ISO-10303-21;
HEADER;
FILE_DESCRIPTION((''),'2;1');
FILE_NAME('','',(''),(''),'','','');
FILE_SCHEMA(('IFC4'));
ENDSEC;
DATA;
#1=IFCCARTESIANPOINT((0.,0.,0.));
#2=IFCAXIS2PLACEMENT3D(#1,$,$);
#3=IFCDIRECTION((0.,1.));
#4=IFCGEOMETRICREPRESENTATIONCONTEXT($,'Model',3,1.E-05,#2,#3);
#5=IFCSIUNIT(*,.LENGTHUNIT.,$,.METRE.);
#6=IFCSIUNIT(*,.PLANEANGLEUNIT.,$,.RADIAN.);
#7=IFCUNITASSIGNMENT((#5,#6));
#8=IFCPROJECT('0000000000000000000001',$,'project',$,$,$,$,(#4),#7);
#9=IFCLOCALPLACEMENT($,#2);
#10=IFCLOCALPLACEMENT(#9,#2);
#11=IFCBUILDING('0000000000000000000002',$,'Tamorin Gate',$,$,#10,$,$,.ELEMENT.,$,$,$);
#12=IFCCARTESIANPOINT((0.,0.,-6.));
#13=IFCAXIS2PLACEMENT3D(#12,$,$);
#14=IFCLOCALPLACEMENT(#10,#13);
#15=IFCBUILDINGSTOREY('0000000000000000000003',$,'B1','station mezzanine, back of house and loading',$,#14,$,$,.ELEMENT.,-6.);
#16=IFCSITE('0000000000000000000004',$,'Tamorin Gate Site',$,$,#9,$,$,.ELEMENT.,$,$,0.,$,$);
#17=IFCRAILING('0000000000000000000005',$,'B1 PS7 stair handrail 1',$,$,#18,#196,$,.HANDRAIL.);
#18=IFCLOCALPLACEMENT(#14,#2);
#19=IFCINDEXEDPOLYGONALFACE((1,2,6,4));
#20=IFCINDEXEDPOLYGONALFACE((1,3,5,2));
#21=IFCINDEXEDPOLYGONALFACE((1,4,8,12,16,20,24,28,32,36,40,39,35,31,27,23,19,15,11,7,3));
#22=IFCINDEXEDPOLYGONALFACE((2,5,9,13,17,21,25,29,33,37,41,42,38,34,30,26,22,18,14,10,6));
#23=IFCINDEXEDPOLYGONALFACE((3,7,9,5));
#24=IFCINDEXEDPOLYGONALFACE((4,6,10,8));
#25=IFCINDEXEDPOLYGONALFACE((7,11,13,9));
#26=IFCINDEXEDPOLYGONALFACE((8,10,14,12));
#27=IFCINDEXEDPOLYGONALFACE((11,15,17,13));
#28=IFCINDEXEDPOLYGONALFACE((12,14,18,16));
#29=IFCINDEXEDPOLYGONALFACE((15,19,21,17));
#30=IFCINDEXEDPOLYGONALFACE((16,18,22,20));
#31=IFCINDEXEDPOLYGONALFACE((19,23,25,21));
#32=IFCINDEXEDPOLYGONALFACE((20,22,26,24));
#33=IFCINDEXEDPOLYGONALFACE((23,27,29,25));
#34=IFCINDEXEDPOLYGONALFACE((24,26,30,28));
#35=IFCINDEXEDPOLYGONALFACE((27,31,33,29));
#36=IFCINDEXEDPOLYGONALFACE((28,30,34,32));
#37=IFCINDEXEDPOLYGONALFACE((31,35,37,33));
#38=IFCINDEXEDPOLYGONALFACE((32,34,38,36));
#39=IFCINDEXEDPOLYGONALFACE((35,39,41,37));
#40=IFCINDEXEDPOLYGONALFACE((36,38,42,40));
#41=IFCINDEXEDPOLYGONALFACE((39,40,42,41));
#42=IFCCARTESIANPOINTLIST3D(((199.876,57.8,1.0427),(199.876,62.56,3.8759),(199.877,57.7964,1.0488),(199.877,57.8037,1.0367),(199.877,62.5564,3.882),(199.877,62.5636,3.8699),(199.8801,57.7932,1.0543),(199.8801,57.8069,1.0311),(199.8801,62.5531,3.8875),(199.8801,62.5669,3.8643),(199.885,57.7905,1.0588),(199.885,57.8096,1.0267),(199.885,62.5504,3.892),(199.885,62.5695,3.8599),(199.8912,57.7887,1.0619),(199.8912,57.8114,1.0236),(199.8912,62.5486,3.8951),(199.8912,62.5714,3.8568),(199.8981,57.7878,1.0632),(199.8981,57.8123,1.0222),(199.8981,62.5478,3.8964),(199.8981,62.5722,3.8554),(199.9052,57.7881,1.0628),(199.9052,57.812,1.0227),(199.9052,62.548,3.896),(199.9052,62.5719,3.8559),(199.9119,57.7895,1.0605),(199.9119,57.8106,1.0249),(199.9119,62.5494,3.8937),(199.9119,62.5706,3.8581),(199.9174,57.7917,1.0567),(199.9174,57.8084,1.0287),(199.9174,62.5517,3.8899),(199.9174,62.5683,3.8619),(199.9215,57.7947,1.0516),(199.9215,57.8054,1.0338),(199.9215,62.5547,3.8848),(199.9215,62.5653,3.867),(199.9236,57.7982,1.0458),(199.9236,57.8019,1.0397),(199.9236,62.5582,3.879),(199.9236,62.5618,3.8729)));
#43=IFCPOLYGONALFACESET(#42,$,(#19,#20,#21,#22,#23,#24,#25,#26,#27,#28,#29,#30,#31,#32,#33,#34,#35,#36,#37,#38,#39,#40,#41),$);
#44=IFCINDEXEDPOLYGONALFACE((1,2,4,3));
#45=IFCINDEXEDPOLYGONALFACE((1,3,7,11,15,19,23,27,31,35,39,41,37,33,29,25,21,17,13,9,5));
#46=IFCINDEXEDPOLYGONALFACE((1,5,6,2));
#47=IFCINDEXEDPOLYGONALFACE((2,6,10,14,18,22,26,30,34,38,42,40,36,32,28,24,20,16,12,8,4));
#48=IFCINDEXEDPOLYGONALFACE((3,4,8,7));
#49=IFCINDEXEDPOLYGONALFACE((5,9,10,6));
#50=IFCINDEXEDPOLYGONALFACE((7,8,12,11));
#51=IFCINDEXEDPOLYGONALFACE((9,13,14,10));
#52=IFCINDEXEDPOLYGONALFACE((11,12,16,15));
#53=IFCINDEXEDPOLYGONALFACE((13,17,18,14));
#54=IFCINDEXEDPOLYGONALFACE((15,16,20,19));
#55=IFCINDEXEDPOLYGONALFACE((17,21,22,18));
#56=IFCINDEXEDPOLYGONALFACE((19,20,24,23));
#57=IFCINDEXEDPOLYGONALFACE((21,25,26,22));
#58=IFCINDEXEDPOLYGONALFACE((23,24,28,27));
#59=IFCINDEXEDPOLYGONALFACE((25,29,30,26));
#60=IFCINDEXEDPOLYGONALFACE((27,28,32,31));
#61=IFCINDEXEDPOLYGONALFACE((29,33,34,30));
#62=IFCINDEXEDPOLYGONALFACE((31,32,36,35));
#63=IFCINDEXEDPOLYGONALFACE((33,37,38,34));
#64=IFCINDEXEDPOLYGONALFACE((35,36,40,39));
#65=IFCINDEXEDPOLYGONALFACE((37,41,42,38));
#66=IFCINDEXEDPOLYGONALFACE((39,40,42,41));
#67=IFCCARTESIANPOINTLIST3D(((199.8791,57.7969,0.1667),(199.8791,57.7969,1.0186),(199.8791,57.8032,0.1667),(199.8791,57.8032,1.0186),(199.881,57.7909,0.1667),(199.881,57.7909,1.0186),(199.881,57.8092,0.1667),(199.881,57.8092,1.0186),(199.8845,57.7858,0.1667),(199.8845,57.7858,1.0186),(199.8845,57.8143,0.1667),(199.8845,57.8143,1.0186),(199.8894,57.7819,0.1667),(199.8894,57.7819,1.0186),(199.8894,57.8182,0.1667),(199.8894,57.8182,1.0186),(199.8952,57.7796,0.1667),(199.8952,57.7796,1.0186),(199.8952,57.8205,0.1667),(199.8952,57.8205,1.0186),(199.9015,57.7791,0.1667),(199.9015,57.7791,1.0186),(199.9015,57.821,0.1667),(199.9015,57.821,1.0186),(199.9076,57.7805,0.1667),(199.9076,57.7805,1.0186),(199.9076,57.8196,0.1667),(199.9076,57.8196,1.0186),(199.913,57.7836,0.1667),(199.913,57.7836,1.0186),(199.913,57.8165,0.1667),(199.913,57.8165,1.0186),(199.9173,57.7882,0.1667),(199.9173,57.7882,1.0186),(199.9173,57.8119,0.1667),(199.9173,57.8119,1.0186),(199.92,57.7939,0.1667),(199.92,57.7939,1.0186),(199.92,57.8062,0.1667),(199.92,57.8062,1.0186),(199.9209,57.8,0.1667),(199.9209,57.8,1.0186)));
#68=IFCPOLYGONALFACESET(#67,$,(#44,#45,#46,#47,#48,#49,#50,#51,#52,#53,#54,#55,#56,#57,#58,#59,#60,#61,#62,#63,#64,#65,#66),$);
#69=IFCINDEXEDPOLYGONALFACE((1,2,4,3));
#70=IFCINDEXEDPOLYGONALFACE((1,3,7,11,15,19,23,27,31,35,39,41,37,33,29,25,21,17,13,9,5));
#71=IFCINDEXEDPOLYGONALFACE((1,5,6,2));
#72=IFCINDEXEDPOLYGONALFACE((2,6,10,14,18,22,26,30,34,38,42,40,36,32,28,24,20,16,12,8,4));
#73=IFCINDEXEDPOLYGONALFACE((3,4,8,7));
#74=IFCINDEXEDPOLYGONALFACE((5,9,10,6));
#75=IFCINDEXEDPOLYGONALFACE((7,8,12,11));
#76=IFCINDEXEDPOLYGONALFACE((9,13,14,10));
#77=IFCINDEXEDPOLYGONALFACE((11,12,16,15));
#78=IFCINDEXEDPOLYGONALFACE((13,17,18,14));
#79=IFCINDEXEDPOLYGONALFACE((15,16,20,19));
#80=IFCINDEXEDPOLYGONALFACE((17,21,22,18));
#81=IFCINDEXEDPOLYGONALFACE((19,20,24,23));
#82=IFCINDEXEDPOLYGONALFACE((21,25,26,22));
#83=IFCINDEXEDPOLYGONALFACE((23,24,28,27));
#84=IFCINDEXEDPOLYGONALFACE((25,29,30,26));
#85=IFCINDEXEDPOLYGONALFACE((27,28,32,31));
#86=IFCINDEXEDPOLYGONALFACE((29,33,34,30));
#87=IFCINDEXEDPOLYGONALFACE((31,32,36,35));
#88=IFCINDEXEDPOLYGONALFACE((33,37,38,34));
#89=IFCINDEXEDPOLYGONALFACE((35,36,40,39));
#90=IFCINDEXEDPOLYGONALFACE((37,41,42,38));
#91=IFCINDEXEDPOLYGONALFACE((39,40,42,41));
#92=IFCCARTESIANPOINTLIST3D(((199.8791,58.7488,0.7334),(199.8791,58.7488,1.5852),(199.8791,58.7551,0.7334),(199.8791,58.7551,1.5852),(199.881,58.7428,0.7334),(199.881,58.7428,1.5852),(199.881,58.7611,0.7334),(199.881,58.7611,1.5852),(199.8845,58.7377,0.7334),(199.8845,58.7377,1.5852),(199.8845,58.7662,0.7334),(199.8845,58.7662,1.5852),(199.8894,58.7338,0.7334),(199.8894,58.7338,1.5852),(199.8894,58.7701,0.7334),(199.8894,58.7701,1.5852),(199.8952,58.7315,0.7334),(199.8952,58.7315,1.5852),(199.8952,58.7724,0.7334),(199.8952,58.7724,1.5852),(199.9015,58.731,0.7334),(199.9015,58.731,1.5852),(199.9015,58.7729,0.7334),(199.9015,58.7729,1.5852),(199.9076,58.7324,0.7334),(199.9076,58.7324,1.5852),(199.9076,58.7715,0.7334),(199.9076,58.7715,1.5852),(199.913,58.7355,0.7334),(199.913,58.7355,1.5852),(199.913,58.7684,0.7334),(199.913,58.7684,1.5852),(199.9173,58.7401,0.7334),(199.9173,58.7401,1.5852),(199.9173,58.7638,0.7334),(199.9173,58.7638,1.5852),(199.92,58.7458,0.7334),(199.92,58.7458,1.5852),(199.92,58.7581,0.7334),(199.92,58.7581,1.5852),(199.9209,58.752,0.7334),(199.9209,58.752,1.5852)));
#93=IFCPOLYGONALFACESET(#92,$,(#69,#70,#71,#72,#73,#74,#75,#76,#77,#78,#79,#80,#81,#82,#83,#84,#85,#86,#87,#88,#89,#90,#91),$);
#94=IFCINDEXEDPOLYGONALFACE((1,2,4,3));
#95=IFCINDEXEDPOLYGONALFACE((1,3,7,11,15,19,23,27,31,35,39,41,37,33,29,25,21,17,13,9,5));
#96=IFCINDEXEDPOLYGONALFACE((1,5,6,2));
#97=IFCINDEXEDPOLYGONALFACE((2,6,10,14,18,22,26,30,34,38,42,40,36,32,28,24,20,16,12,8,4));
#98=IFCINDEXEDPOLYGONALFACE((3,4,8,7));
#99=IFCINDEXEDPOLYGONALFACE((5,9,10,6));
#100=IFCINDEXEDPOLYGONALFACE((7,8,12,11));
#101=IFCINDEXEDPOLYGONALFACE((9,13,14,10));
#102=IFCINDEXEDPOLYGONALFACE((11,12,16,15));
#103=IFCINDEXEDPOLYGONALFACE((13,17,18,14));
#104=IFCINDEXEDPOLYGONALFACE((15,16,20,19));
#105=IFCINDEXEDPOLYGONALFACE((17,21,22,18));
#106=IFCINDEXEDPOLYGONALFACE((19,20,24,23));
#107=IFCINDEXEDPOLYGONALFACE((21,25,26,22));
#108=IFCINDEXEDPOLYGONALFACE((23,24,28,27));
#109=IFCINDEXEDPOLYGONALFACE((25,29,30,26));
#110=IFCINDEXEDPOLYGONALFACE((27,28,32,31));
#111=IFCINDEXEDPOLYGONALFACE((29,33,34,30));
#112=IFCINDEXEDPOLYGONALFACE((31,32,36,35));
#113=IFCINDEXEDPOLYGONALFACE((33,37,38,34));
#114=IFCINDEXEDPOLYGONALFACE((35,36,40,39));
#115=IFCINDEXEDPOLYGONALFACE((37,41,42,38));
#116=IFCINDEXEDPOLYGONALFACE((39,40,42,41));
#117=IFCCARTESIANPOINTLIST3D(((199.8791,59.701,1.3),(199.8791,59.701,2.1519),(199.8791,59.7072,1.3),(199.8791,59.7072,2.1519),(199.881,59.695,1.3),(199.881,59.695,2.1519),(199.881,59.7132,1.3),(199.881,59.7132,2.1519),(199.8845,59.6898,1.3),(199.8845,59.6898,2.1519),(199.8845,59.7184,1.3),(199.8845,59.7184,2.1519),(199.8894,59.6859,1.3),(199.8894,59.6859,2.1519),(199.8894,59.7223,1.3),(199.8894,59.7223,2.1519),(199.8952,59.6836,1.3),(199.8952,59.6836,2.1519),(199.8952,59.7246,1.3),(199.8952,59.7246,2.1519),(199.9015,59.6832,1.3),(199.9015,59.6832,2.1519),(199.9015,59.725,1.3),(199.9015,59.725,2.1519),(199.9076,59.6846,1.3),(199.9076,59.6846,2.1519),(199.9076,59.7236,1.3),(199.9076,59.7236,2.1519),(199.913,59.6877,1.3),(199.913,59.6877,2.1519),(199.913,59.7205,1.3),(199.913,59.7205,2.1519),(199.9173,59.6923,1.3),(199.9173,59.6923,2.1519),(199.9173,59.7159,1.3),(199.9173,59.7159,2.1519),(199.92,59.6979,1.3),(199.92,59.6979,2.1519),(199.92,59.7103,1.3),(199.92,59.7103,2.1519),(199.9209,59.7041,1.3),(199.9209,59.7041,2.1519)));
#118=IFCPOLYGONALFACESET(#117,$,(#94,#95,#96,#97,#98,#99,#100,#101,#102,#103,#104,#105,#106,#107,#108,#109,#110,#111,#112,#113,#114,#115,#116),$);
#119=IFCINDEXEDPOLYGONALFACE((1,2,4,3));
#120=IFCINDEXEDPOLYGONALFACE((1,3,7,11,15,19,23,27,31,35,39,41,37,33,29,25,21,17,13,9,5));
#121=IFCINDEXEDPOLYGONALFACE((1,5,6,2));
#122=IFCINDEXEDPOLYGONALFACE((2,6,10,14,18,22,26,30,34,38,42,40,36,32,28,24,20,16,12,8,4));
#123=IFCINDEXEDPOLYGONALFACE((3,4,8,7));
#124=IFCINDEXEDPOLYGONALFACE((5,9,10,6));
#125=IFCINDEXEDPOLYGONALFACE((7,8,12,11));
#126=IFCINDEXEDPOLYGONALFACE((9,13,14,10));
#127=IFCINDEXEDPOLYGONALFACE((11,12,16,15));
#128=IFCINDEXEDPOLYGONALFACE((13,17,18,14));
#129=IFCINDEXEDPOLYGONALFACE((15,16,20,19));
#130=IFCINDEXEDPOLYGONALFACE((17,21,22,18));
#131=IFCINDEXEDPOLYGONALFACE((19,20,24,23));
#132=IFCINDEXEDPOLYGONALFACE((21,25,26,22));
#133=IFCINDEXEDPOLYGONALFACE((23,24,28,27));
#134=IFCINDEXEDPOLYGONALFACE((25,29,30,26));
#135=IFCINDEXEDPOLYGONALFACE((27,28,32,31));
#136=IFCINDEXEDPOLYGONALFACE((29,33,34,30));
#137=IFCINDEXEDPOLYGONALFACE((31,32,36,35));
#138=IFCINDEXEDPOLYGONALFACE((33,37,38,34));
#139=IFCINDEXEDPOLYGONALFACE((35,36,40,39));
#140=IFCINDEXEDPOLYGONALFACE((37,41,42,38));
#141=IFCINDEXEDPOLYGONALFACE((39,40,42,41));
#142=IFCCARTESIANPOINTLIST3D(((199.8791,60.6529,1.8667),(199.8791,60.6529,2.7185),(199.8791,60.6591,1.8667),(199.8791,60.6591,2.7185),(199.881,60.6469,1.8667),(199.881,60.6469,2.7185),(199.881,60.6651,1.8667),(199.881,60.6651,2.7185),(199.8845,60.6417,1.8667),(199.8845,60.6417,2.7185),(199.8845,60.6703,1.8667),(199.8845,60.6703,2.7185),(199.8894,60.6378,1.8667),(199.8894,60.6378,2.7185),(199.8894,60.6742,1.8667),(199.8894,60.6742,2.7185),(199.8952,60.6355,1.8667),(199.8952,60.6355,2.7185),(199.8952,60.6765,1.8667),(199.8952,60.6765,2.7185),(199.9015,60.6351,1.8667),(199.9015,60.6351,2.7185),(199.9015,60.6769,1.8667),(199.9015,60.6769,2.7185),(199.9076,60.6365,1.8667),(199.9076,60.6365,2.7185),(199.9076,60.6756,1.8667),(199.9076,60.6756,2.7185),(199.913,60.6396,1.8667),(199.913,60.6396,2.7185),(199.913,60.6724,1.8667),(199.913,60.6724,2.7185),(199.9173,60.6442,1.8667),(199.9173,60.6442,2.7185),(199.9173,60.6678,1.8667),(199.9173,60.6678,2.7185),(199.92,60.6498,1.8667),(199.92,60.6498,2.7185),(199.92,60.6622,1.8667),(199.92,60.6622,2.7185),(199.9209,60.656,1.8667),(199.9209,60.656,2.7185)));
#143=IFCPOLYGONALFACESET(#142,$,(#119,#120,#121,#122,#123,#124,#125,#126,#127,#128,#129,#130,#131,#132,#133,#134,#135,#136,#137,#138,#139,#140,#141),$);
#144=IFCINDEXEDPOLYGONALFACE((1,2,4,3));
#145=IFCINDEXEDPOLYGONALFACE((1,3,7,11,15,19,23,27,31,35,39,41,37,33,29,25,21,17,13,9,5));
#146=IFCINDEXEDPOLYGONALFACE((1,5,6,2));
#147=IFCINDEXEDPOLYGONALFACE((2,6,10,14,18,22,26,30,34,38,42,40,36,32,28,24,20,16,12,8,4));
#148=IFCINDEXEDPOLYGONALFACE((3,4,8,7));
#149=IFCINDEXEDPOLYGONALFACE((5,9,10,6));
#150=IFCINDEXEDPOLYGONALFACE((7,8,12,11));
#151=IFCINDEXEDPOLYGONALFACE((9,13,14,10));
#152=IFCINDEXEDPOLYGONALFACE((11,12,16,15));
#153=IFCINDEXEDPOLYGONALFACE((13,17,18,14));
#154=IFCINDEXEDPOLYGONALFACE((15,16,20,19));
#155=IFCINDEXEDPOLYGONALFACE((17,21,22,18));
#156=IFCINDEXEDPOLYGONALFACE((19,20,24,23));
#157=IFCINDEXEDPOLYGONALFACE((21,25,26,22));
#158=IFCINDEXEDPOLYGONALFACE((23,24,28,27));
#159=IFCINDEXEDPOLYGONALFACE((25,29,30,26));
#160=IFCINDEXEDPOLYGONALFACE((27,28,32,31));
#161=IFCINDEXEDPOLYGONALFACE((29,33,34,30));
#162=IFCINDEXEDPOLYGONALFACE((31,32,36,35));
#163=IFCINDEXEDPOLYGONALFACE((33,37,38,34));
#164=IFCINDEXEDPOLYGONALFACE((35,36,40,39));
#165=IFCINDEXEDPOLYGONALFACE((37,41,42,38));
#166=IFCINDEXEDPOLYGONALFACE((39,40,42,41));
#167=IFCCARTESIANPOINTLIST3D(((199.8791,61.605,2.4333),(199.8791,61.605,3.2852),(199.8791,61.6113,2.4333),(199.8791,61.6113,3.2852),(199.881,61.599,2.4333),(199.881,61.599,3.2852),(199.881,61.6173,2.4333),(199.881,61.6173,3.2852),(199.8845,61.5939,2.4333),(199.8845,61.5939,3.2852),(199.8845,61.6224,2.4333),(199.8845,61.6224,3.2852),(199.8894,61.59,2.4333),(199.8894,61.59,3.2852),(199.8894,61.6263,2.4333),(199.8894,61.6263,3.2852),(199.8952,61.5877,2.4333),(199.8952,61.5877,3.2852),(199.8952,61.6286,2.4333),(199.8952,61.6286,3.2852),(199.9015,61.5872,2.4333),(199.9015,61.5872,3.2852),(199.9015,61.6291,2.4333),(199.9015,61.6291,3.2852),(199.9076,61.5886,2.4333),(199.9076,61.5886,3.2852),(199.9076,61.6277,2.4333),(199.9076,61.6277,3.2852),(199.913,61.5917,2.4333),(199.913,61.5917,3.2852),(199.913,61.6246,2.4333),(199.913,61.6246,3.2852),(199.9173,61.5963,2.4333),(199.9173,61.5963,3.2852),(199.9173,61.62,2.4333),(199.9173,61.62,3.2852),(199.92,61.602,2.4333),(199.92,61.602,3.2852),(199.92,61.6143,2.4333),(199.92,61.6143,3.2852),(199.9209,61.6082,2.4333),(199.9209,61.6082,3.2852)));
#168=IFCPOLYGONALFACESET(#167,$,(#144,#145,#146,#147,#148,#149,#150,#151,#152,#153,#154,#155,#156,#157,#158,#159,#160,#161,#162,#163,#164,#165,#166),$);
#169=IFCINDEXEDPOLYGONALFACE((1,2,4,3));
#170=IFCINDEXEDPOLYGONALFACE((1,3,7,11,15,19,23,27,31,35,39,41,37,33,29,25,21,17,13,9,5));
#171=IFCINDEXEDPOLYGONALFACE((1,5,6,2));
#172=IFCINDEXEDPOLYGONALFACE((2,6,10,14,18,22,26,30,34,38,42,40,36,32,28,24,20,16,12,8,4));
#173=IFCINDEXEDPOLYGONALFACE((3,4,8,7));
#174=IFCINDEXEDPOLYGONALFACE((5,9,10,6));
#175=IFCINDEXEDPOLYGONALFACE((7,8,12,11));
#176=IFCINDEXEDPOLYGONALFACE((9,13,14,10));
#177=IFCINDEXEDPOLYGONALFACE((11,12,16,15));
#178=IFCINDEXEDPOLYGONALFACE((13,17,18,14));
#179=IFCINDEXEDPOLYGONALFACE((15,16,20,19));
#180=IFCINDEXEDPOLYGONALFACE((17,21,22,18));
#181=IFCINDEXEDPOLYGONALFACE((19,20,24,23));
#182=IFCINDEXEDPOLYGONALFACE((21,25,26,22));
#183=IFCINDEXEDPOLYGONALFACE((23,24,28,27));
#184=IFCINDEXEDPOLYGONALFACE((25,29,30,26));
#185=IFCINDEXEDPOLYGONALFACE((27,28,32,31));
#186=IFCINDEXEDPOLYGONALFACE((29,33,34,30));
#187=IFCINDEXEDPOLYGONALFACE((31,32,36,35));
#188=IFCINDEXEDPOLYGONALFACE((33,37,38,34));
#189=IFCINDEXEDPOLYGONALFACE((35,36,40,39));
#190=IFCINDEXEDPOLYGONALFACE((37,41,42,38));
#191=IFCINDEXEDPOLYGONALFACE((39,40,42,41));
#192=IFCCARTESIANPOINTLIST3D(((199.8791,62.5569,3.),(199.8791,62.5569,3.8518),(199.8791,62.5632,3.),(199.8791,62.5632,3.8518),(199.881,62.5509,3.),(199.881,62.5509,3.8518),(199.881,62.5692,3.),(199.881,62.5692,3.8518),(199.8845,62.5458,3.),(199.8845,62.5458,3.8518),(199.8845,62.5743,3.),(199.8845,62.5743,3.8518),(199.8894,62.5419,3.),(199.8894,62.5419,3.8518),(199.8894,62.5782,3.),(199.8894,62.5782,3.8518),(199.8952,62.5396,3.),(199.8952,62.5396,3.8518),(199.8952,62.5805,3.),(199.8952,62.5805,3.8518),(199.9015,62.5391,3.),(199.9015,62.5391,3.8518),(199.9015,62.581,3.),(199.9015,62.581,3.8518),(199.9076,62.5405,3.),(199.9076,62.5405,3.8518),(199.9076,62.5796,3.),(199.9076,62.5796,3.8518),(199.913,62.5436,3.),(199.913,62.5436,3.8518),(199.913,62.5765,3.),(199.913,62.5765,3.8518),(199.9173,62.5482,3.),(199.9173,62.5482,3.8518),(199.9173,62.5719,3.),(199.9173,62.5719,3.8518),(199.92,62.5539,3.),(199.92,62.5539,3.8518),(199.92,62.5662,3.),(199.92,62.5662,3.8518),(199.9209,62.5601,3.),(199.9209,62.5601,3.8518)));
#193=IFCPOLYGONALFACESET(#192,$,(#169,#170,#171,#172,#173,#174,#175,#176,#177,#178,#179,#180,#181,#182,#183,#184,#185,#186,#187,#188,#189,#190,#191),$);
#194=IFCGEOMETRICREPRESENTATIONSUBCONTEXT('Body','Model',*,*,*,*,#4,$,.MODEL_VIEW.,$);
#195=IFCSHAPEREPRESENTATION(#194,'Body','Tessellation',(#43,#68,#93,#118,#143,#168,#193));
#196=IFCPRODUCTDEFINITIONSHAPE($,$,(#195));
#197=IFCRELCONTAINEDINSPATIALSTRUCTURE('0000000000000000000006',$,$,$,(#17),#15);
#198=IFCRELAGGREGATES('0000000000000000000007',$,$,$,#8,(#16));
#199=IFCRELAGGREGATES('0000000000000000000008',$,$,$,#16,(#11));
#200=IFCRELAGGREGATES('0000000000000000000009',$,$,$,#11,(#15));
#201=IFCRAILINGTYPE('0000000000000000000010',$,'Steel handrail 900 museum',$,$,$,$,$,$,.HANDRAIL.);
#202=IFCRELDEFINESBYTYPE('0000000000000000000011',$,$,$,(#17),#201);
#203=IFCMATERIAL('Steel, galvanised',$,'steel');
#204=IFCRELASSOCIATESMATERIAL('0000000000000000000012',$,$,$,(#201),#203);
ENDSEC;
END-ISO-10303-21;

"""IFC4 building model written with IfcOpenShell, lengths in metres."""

from ifc_helpers import new_model, si_unit, direction, frame, origin, origin_2d, place, context, subcontext, project, spatial, circle, extrude, material, type_object, element, save


model = new_model("IFC4")

# Units and contexts
model_context = context("Model", 3, precision=1e-05, world=origin(), true_north=direction((0.0, 1.0)))
body_context = subcontext(model_context, "Body", "Model", "MODEL_VIEW")
ifc_project = project(units=[si_unit("LENGTHUNIT", "METRE"), si_unit("PLANEANGLEUNIT", "RADIAN")], contexts=[model_context])

# Site, building, storey
site_placement = place(None, origin())
site = spatial("IfcSite", under=ifc_project, at=site_placement, Name="Tamorin Gate Site", CompositionType="ELEMENT", RefElevation=0.0)
building_placement = place(site_placement, origin())
building = spatial("IfcBuilding", under=site, at=building_placement, Name="Tamorin Gate", CompositionType="ELEMENT")
storey_placement = place(building_placement, frame((0.0, 0.0, -6.0)))
storey = spatial("IfcBuildingStorey", under=building, at=storey_placement, Name="B1", Description="station mezzanine, back of house and loading", CompositionType="ELEMENT", Elevation=-6.0)

# Railing
ifc_material_1 = material(Name="Steel, galvanised", Category="steel")
railing_type_1 = type_object("IfcRailingType", Name="Steel handrail 900 museum", PredefinedType="HANDRAIL", material=ifc_material_1)
railing_1_placement = place(storey_placement, frame((199.8999, 57.8, 0.1667)))
element("IfcRailing", 1, at=railing_1_placement, inside=storey, type_object=railing_type_1, Name="B1 PS7 stair handrail 1", PredefinedType="HANDRAIL", context=body_context, shape_type="SweptSolid", body=[
    extrude(circle(Radius=0.0239, at=origin_2d()), frame((0.0, 0.0, 0.876), z_axis=(0.0, 0.8593, 0.511472), x_axis=(-1.0, 0.0, 0.0)), (0.0, 0.0, 1.0), 5.5393),
    extrude(circle(Radius=0.021, at=origin_2d()), origin(), (0.0, 0.0, 1.0), 0.8518),
    extrude(circle(Radius=0.021, at=origin_2d()), frame((0.0, 0.9519, 0.5667)), (0.0, 0.0, 1.0), 0.8518),
    extrude(circle(Radius=0.021, at=origin_2d()), frame((0.0, 1.9041, 1.1333)), (0.0, 0.0, 1.0), 0.8518),
    extrude(circle(Radius=0.021, at=origin_2d()), frame((0.0, 2.856, 1.7)), (0.0, 0.0, 1.0), 0.8518),
    extrude(circle(Radius=0.021, at=origin_2d()), frame((0.0, 3.8081, 2.2666)), (0.0, 0.0, 1.0), 0.8518),
    extrude(circle(Radius=0.021, at=origin_2d()), frame((0.0, 4.76, 2.8333)), (0.0, 0.0, 1.0), 0.8518),
])

save(model, "model.ifc")
